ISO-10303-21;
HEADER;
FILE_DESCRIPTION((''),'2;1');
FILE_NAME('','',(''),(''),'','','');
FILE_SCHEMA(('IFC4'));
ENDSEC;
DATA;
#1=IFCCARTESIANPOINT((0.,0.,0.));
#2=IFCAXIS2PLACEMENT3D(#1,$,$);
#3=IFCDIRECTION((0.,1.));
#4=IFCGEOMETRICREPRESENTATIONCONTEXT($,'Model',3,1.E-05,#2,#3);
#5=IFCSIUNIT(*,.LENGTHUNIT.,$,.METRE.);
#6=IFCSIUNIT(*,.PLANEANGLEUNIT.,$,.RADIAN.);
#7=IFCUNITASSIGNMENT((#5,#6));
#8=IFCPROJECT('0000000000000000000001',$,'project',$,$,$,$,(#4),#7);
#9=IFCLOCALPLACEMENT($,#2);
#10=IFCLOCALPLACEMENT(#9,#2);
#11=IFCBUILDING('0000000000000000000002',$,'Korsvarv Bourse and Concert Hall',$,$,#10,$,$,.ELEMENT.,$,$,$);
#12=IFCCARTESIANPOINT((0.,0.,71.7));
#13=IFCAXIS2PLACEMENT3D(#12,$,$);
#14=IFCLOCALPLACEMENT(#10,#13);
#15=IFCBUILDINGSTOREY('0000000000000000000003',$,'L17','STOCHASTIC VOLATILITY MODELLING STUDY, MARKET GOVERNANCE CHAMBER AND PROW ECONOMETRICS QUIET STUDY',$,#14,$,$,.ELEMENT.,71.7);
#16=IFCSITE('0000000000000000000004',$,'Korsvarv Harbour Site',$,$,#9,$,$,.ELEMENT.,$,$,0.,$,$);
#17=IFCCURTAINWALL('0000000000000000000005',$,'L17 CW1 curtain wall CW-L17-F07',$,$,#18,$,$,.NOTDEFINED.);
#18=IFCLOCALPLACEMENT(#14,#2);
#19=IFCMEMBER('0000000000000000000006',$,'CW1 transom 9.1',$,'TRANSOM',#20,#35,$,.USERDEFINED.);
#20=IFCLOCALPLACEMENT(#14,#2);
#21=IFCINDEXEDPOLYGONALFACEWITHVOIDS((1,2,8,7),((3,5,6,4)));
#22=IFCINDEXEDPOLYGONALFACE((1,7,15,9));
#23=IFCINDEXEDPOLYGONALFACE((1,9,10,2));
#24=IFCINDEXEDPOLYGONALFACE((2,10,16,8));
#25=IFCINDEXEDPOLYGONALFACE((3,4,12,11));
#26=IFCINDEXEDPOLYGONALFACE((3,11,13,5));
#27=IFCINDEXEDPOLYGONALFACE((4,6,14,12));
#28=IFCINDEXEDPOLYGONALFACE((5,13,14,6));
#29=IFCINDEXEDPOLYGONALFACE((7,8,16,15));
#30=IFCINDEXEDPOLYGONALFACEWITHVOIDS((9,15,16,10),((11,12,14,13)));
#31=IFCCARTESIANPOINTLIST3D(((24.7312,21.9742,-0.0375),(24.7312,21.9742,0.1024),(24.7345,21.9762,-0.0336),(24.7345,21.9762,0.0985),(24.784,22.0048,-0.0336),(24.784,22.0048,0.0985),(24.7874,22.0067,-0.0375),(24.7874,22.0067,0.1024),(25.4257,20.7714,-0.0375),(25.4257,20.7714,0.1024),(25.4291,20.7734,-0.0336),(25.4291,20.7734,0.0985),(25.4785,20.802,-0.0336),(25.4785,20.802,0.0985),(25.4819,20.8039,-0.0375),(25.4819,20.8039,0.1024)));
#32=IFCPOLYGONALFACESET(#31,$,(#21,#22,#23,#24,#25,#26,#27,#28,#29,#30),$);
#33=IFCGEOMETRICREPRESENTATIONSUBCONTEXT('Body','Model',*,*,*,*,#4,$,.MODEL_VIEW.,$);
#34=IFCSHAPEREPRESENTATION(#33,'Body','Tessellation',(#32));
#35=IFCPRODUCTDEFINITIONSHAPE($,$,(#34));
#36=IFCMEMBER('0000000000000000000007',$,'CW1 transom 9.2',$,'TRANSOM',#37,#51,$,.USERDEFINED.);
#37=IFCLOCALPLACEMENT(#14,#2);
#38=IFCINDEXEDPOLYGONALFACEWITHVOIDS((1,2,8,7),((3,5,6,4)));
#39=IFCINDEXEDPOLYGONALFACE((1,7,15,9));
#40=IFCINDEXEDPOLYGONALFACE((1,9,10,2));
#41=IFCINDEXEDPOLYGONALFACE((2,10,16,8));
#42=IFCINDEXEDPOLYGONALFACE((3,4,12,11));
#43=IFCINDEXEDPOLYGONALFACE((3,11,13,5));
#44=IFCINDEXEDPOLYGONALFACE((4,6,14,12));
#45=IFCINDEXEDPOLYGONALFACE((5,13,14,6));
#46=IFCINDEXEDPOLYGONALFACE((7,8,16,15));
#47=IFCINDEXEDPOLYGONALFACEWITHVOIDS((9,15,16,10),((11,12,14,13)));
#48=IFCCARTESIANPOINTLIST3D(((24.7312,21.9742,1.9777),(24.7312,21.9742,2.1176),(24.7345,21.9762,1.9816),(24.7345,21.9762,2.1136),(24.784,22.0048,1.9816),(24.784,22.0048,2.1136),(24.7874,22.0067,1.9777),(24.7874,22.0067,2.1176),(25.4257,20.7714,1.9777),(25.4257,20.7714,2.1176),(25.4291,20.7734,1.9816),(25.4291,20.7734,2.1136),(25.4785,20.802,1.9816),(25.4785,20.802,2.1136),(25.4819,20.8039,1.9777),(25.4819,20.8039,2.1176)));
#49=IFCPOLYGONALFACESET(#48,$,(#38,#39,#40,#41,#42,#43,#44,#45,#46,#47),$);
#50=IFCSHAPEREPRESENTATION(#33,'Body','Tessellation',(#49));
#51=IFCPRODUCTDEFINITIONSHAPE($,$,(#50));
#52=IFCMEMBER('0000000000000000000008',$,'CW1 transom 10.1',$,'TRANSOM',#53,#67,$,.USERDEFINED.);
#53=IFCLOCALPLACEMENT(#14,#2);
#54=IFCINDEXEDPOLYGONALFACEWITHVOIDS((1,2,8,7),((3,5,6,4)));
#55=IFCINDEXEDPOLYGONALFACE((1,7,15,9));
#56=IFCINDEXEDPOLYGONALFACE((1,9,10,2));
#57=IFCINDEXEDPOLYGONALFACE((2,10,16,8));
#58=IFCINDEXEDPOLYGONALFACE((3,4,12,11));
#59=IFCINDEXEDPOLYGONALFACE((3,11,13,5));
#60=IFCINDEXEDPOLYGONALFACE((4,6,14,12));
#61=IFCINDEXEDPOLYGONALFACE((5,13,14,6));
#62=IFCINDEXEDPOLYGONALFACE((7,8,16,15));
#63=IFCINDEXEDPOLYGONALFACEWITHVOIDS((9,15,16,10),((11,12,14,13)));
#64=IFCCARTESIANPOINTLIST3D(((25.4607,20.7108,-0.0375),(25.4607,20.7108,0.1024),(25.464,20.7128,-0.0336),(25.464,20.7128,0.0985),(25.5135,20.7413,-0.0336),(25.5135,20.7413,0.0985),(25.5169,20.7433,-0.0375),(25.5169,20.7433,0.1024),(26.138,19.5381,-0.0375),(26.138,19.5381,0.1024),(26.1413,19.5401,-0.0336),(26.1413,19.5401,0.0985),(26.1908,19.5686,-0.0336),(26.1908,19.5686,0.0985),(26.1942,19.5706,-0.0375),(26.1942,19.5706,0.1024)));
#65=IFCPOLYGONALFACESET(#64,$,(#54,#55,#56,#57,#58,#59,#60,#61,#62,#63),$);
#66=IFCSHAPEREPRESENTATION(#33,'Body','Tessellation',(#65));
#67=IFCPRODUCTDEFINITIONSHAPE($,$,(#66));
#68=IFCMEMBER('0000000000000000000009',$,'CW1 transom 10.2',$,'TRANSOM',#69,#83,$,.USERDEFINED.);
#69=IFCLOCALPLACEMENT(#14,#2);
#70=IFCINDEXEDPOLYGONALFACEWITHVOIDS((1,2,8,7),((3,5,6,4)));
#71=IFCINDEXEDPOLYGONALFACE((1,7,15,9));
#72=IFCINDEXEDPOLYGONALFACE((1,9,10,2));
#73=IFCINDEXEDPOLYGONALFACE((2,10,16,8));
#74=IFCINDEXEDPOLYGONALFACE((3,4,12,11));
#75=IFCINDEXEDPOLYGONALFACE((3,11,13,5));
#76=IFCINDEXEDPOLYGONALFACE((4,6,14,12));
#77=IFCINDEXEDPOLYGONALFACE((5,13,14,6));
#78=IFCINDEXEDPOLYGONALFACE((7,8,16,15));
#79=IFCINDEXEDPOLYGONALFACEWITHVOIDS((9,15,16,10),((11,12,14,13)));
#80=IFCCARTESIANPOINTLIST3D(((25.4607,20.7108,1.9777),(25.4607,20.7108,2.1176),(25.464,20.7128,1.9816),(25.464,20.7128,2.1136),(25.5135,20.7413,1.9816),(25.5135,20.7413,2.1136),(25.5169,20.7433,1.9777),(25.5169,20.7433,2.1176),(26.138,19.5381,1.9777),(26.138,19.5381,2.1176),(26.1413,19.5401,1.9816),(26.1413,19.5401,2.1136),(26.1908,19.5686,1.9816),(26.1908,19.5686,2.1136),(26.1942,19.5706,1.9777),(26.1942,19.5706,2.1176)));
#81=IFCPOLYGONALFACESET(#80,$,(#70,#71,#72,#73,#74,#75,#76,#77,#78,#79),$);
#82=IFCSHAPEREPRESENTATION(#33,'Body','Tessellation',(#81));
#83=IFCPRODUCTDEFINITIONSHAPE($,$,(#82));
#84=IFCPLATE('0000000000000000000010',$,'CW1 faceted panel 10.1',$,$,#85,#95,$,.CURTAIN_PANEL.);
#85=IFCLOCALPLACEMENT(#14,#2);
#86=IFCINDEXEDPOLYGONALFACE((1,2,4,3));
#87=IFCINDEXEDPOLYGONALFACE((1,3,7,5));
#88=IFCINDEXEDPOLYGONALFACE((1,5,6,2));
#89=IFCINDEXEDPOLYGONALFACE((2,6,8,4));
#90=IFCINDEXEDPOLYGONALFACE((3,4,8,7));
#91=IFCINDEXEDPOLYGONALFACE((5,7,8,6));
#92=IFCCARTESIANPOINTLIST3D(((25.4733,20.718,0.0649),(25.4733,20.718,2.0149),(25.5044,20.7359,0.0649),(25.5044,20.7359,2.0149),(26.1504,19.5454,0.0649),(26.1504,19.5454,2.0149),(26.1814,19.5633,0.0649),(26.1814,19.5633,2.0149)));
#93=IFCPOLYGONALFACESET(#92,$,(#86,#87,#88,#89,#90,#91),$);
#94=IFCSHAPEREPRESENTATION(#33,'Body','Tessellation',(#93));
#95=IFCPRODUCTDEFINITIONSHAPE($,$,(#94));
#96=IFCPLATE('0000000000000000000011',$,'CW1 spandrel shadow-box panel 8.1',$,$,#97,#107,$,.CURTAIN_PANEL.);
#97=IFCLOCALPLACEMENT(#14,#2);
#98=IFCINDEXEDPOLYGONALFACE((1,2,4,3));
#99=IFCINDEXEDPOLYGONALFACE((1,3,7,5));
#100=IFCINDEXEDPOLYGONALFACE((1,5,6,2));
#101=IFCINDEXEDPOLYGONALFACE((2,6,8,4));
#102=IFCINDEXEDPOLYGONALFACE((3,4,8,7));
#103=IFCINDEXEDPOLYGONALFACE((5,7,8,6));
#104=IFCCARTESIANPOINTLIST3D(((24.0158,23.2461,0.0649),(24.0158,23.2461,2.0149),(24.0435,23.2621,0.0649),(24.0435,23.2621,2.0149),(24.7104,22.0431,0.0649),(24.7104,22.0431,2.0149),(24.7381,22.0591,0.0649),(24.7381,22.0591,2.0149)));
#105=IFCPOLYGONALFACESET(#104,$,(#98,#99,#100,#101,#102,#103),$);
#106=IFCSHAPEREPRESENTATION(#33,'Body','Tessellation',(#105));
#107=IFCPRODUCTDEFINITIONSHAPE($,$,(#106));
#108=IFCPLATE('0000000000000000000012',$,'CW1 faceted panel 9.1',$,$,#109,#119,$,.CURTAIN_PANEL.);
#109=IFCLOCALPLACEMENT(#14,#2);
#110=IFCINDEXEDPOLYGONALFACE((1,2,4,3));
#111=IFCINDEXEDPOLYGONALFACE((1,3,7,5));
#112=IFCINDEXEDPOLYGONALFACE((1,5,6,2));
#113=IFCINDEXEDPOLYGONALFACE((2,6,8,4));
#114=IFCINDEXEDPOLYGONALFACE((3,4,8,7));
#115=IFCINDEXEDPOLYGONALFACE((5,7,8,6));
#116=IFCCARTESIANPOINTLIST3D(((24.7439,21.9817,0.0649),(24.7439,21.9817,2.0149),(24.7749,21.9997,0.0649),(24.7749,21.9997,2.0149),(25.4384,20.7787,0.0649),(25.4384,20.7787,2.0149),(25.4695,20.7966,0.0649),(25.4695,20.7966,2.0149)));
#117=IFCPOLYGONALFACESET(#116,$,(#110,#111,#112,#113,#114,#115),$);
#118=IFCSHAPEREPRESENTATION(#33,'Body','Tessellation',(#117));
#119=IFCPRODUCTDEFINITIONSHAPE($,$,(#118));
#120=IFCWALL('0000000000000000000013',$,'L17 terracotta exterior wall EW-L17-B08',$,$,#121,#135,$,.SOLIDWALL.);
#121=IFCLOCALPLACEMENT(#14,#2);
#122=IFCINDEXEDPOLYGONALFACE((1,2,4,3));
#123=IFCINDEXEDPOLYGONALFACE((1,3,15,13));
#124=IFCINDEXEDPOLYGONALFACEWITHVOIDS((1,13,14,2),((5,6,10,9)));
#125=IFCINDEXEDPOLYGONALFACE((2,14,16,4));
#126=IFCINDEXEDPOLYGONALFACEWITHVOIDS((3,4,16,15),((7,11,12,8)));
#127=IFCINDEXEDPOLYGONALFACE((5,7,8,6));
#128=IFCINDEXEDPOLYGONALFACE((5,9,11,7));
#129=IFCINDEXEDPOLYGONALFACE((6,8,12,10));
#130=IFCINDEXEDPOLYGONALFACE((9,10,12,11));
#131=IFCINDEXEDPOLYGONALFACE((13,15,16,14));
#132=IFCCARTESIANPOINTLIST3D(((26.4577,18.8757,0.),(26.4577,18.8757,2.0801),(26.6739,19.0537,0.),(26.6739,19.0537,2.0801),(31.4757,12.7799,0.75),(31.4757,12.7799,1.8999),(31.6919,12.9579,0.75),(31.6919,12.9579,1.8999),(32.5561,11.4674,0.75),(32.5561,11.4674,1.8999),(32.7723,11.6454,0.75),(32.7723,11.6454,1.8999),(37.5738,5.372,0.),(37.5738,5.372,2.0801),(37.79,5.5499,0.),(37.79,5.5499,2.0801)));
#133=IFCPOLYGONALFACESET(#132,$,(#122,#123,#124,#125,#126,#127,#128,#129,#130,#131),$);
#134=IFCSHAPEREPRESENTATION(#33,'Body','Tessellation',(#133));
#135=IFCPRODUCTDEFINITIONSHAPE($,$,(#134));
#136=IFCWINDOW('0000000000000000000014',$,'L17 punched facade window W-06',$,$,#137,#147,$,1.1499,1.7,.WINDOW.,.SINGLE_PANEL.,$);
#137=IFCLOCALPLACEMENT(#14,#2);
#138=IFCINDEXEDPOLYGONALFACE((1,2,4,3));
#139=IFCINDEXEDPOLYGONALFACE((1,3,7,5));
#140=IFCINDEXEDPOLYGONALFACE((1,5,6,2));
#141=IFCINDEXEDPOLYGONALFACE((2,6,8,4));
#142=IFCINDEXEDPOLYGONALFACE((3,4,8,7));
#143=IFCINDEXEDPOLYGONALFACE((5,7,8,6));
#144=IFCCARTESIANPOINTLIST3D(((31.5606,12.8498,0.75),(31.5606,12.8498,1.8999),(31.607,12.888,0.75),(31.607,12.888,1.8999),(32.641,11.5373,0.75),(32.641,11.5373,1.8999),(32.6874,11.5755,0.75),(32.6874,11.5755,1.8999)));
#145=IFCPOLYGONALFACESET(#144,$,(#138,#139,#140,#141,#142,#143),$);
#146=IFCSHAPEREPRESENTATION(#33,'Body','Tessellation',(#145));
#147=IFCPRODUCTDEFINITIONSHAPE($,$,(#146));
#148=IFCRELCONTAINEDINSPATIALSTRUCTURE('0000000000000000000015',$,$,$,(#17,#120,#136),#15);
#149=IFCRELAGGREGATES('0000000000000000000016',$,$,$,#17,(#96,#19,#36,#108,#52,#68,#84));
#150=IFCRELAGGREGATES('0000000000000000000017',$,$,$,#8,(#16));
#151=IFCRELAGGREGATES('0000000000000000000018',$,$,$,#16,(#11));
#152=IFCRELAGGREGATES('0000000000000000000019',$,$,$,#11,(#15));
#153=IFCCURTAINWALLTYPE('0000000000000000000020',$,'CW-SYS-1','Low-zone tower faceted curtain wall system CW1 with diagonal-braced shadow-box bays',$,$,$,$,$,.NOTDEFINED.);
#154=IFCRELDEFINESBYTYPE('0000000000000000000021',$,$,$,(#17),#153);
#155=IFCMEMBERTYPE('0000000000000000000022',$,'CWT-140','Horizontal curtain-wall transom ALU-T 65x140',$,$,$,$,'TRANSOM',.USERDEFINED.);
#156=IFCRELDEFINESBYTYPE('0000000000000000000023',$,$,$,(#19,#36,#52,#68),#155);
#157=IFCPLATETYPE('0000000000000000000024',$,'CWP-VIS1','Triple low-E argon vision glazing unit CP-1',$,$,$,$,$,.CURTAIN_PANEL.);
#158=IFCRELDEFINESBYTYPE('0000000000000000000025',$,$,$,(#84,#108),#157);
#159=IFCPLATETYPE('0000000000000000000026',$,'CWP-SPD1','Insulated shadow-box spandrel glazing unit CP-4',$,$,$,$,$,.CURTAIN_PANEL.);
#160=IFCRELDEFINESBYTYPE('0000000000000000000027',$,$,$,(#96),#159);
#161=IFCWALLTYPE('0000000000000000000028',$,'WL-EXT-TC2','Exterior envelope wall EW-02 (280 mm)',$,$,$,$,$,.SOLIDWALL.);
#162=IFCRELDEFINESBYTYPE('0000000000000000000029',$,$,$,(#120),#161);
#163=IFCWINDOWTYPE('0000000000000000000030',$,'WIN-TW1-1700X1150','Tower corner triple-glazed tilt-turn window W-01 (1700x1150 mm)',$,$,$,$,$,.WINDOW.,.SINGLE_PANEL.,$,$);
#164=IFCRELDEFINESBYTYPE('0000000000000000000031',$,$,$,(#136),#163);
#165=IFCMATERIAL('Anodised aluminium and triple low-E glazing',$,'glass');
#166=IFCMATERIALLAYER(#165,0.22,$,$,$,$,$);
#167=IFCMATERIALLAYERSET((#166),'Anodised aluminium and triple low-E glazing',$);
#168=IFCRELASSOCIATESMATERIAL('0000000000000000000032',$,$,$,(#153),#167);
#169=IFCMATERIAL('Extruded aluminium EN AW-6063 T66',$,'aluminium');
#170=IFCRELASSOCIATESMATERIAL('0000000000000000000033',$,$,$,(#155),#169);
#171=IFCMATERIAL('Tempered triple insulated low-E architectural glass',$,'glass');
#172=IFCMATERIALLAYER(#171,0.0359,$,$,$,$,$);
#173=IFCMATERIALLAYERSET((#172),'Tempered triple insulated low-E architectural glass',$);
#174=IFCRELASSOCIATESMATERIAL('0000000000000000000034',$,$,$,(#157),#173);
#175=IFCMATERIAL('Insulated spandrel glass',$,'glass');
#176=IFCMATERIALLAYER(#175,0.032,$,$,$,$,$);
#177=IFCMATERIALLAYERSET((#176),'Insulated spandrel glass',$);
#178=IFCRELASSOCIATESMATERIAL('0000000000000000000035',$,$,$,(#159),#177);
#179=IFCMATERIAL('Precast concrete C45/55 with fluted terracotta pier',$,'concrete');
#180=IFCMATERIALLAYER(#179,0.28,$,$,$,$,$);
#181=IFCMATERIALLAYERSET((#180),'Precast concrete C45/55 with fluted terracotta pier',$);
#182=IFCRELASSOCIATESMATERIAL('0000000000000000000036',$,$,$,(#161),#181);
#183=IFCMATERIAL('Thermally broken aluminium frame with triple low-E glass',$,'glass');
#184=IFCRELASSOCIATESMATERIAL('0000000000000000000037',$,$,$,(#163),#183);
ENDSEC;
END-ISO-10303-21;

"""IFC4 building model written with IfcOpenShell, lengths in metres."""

from ifc_helpers import new_model, si_unit, direction, frame, frame_2d, origin, origin_2d, place, context, subcontext, project, spatial, rectangle, hollow_rectangle, extrude, source, transform, mapped, material, layer, layer_set, material_profile, profile_set, type_object, element, fill, aggregate, save


model = new_model("IFC4")

# Units and contexts
model_context = context("Model", 3, precision=1e-05, world=origin(), true_north=direction((0.0, 1.0)))
body_context = subcontext(model_context, "Body", "Model", "MODEL_VIEW")
ifc_project = project(units=[si_unit("LENGTHUNIT", "METRE"), si_unit("PLANEANGLEUNIT", "RADIAN")], contexts=[model_context])

# Site, building, storey
site_placement = place(None, origin())
site = spatial("IfcSite", under=ifc_project, at=site_placement, Name="Korsvarv Harbour Site", CompositionType="ELEMENT", RefElevation=0.0)
building_placement = place(site_placement, origin())
building = spatial("IfcBuilding", under=site, at=building_placement, Name="Korsvarv Bourse and Concert Hall", CompositionType="ELEMENT")
storey_placement = place(building_placement, frame((0.0, 0.0, 71.7)))
storey = spatial("IfcBuildingStorey", under=building, at=storey_placement, Name="L17", Description="STOCHASTIC VOLATILITY MODELLING STUDY, MARKET GOVERNANCE CHAMBER AND PROW ECONOMETRICS QUIET STUDY", CompositionType="ELEMENT", Elevation=71.7)

# Curtain wall, members, plates
ifc_material_1 = material(Name="Anodised aluminium and triple low-E glazing", Category="glass")
ifc_layer_1 = layer(ifc_material_1, 0.22)
ifc_layer_set_1 = layer_set([ifc_layer_1], Name="Anodised aluminium and triple low-E glazing")
curtain_wall_type = type_object("IfcCurtainWallType", Name="CW-SYS-1", Description="Low-zone tower faceted curtain wall system CW1 with diagonal-braced shadow-box bays", PredefinedType="NOTDEFINED", material=ifc_layer_set_1)
curtain_wall_placement = place(storey_placement, origin())
curtain_wall = element("IfcCurtainWall", 1, at=curtain_wall_placement, inside=storey, type_object=curtain_wall_type, Name="L17 CW1 curtain wall CW-L17-F07", PredefinedType="NOTDEFINED")
ifc_material_2 = material(Name="Extruded aluminium EN AW-6063 T66", Category="aluminium")
ifc_material_profile_1 = material_profile(ifc_material_2, hollow_rectangle(XDim=0.0649, YDim=0.1399, WallThickness=0.0039, at=origin_2d()), Name="ALU-T 65x140")
ifc_profile_set_1 = profile_set([ifc_material_profile_1], Name="Extruded aluminium EN AW-6063 T66")
member_type_1 = type_object("IfcMemberType", Name="CWT-140", Description="Horizontal curtain-wall transom ALU-T 65x140", ElementType="TRANSOM", PredefinedType="USERDEFINED", material=ifc_profile_set_1)
shared_shape_1 = source(origin(), body_context, "Body", "SweptSolid", [
    extrude(hollow_rectangle(XDim=0.0649, YDim=0.1399, WallThickness=0.0039, at=origin_2d()), origin(), (0.0, 0.0, 1.0), 1.3889),
])
member_1_placement = place(storey_placement, frame((24.7593, 21.9905, 0.0325), z_axis=(0.500052, -0.865995, 0.0), x_axis=(0.865995, 0.500052, 0.0)))
member_1 = element("IfcMember", 2, at=member_1_placement, type_object=member_type_1, Name="CW1 transom 9.1", ObjectType="TRANSOM", PredefinedType="USERDEFINED", context=body_context, shape_type="MappedRepresentation", body=[
    mapped(shared_shape_1, transform((0.0, 0.0, 0.0), scale=1.0)),
])
member_2_placement = place(storey_placement, frame((24.7593, 21.9905, 2.0476), z_axis=(0.500052, -0.865995, 0.0), x_axis=(0.865995, 0.500052, 0.0)))
member_2 = element("IfcMember", 3, at=member_2_placement, type_object=member_type_1, Name="CW1 transom 9.2", ObjectType="TRANSOM", PredefinedType="USERDEFINED", context=body_context, shape_type="MappedRepresentation", body=[
    mapped(shared_shape_1, transform((0.0, 0.0, 0.0), scale=1.0)),
])
shared_shape_2 = source(origin(), body_context, "Body", "SweptSolid", [
    extrude(hollow_rectangle(XDim=0.0649, YDim=0.1399, WallThickness=0.0039, at=origin_2d()), origin(), (0.0, 0.0, 1.0), 1.3542),
])
member_3_placement = place(storey_placement, frame((25.4888, 20.7271, 0.0325), z_axis=(0.500133, -0.865948, 0.0), x_axis=(0.865948, 0.500133, 0.0)))
member_3 = element("IfcMember", 4, at=member_3_placement, type_object=member_type_1, Name="CW1 transom 10.1", ObjectType="TRANSOM", PredefinedType="USERDEFINED", context=body_context, shape_type="MappedRepresentation", body=[
    mapped(shared_shape_2, transform((0.0, 0.0, 0.0), scale=1.0)),
])
member_4_placement = place(storey_placement, frame((25.4888, 20.7271, 2.0476), z_axis=(0.500133, -0.865948, 0.0), x_axis=(0.865948, 0.500133, 0.0)))
member_4 = element("IfcMember", 5, at=member_4_placement, type_object=member_type_1, Name="CW1 transom 10.2", ObjectType="TRANSOM", PredefinedType="USERDEFINED", context=body_context, shape_type="MappedRepresentation", body=[
    mapped(shared_shape_2, transform((0.0, 0.0, 0.0), scale=1.0)),
])
ifc_material_3 = material(Name="Tempered triple insulated low-E architectural glass", Category="glass")
ifc_layer_2 = layer(ifc_material_3, 0.0359)
ifc_layer_set_2 = layer_set([ifc_layer_2], Name="Tempered triple insulated low-E architectural glass")
plate_type_1 = type_object("IfcPlateType", Name="CWP-VIS1", Description="Triple low-E argon vision glazing unit CP-1", PredefinedType="CURTAIN_PANEL", material=ifc_layer_set_2)
shared_shape_3 = source(origin(), body_context, "Body", "SweptSolid", [
    extrude(rectangle(XDim=1.354, YDim=0.0359, at=origin_2d()), origin(), (0.0, 0.0, 1.0), 1.95),
])
plate_1_placement = place(storey_placement, frame((25.8274, 20.1406, 0.0649), z_axis=(0.0, 0.0, 1.0), x_axis=(0.500006, -0.866022, 0.0)))
plate_1 = element("IfcPlate", 6, at=plate_1_placement, type_object=plate_type_1, Name="CW1 faceted panel 10.1", PredefinedType="CURTAIN_PANEL", context=body_context, shape_type="MappedRepresentation", body=[
    mapped(shared_shape_3, transform((0.0, 0.0, 0.0), scale=1.0)),
])
ifc_material_4 = material(Name="Insulated spandrel glass", Category="glass")
ifc_layer_3 = layer(ifc_material_4, 0.032)
ifc_layer_set_3 = layer_set([ifc_layer_3], Name="Insulated spandrel glass")
plate_type_2 = type_object("IfcPlateType", Name="CWP-SPD1", Description="Insulated shadow-box spandrel glazing unit CP-4", PredefinedType="CURTAIN_PANEL", material=ifc_layer_set_3)
shared_shape_4 = source(origin(), body_context, "Body", "SweptSolid", [
    extrude(rectangle(XDim=1.3892, YDim=0.032, at=origin_2d()), origin(), (0.0, 0.0, 1.0), 1.95),
])
plate_2_placement = place(storey_placement, frame((24.377, 22.6526, 0.0649), z_axis=(0.0, 0.0, 1.0), x_axis=(0.500006, -0.866022, 0.0)))
plate_2 = element("IfcPlate", 7, at=plate_2_placement, type_object=plate_type_2, Name="CW1 spandrel shadow-box panel 8.1", PredefinedType="CURTAIN_PANEL", context=body_context, shape_type="MappedRepresentation", body=[
    mapped(shared_shape_4, transform((0.0, 0.0, 0.0), scale=1.0)),
])
shared_shape_5 = source(origin(), body_context, "Body", "SweptSolid", [
    extrude(rectangle(XDim=1.3892, YDim=0.0359, at=origin_2d()), origin(), (0.0, 0.0, 1.0), 1.95),
])
plate_3_placement = place(storey_placement, frame((25.1067, 21.3892, 0.0649), z_axis=(0.0, 0.0, 1.0), x_axis=(0.500006, -0.866022, 0.0)))
plate_3 = element("IfcPlate", 8, at=plate_3_placement, type_object=plate_type_1, Name="CW1 faceted panel 9.1", PredefinedType="CURTAIN_PANEL", context=body_context, shape_type="MappedRepresentation", body=[
    mapped(shared_shape_5, transform((0.0, 0.0, 0.0), scale=1.0)),
])
aggregate(curtain_wall, [plate_2, member_1, member_2, plate_3, member_3, member_4, plate_1])

# Wall, opening, window
ifc_material_5 = material(Name="Precast concrete C45/55 with fluted terracotta pier", Category="concrete")
ifc_layer_4 = layer(ifc_material_5, 0.28)
ifc_layer_set_4 = layer_set([ifc_layer_4], Name="Precast concrete C45/55 with fluted terracotta pier")
wall_type_1 = type_object("IfcWallType", Name="WL-EXT-TC2", Description="Exterior envelope wall EW-02 (280 mm)", PredefinedType="SOLIDWALL", material=ifc_layer_set_4)
wall_1_placement = place(storey_placement, frame((26.5659, 18.9646, 0.0), z_axis=(0.0, 0.0, 1.0), x_axis=(0.635547, -0.772062, 0.0)))
wall_1 = element("IfcWall", 9, at=wall_1_placement, inside=storey, type_object=wall_type_1, Name="L17 terracotta exterior wall EW-L17-B08", PredefinedType="SOLIDWALL", context=body_context, shape_type="SweptSolid", body=[
    extrude(rectangle(XDim=17.4905, YDim=0.28, at=frame_2d((8.7451, 0.0))), origin(), (0.0, 0.0, 1.0), 2.0801),
])
opening_1_placement = place(wall_1_placement, frame((7.8953, 0.0, 0.75)))
opening_1 = element("IfcOpeningElement", 10, at=opening_1_placement, cuts=wall_1, PredefinedType="OPENING", context=body_context, shape_type="SweptSolid", body=[
    extrude(rectangle(XDim=1.7, YDim=1.1499, at=frame_2d((0.8501, 0.575))), frame((0.0, 0.1499, 0.0), z_axis=(0.0, -1.0, 0.0), x_axis=(1.0, 0.0, 0.0)), (0.0, 0.0, 1.0), 0.3),
])
ifc_material_6 = material(Name="Thermally broken aluminium frame with triple low-E glass", Category="glass")
window_type = type_object("IfcWindowType", Name="WIN-TW1-1700X1150", Description="Tower corner triple-glazed tilt-turn window W-01 (1700x1150 mm)", PartitioningType="SINGLE_PANEL", PredefinedType="WINDOW", material=ifc_material_6)
window_placement = place(opening_1_placement, origin())
window = element("IfcWindow", 11, at=window_placement, inside=storey, type_object=window_type, Name="L17 punched facade window W-06", OverallHeight=1.1499, OverallWidth=1.7, PartitioningType="SINGLE_PANEL", PredefinedType="WINDOW", context=body_context, shape_type="SweptSolid", body=[
    extrude(rectangle(XDim=1.7, YDim=1.1499, at=frame_2d((0.8501, 0.575))), frame((0.0, 0.03, 0.0), z_axis=(0.0, -1.0, 0.0), x_axis=(1.0, 0.0, 0.0)), (0.0, 0.0, 1.0), 0.0601),
])
fill(opening_1, window)

save(model, "model.ifc")
